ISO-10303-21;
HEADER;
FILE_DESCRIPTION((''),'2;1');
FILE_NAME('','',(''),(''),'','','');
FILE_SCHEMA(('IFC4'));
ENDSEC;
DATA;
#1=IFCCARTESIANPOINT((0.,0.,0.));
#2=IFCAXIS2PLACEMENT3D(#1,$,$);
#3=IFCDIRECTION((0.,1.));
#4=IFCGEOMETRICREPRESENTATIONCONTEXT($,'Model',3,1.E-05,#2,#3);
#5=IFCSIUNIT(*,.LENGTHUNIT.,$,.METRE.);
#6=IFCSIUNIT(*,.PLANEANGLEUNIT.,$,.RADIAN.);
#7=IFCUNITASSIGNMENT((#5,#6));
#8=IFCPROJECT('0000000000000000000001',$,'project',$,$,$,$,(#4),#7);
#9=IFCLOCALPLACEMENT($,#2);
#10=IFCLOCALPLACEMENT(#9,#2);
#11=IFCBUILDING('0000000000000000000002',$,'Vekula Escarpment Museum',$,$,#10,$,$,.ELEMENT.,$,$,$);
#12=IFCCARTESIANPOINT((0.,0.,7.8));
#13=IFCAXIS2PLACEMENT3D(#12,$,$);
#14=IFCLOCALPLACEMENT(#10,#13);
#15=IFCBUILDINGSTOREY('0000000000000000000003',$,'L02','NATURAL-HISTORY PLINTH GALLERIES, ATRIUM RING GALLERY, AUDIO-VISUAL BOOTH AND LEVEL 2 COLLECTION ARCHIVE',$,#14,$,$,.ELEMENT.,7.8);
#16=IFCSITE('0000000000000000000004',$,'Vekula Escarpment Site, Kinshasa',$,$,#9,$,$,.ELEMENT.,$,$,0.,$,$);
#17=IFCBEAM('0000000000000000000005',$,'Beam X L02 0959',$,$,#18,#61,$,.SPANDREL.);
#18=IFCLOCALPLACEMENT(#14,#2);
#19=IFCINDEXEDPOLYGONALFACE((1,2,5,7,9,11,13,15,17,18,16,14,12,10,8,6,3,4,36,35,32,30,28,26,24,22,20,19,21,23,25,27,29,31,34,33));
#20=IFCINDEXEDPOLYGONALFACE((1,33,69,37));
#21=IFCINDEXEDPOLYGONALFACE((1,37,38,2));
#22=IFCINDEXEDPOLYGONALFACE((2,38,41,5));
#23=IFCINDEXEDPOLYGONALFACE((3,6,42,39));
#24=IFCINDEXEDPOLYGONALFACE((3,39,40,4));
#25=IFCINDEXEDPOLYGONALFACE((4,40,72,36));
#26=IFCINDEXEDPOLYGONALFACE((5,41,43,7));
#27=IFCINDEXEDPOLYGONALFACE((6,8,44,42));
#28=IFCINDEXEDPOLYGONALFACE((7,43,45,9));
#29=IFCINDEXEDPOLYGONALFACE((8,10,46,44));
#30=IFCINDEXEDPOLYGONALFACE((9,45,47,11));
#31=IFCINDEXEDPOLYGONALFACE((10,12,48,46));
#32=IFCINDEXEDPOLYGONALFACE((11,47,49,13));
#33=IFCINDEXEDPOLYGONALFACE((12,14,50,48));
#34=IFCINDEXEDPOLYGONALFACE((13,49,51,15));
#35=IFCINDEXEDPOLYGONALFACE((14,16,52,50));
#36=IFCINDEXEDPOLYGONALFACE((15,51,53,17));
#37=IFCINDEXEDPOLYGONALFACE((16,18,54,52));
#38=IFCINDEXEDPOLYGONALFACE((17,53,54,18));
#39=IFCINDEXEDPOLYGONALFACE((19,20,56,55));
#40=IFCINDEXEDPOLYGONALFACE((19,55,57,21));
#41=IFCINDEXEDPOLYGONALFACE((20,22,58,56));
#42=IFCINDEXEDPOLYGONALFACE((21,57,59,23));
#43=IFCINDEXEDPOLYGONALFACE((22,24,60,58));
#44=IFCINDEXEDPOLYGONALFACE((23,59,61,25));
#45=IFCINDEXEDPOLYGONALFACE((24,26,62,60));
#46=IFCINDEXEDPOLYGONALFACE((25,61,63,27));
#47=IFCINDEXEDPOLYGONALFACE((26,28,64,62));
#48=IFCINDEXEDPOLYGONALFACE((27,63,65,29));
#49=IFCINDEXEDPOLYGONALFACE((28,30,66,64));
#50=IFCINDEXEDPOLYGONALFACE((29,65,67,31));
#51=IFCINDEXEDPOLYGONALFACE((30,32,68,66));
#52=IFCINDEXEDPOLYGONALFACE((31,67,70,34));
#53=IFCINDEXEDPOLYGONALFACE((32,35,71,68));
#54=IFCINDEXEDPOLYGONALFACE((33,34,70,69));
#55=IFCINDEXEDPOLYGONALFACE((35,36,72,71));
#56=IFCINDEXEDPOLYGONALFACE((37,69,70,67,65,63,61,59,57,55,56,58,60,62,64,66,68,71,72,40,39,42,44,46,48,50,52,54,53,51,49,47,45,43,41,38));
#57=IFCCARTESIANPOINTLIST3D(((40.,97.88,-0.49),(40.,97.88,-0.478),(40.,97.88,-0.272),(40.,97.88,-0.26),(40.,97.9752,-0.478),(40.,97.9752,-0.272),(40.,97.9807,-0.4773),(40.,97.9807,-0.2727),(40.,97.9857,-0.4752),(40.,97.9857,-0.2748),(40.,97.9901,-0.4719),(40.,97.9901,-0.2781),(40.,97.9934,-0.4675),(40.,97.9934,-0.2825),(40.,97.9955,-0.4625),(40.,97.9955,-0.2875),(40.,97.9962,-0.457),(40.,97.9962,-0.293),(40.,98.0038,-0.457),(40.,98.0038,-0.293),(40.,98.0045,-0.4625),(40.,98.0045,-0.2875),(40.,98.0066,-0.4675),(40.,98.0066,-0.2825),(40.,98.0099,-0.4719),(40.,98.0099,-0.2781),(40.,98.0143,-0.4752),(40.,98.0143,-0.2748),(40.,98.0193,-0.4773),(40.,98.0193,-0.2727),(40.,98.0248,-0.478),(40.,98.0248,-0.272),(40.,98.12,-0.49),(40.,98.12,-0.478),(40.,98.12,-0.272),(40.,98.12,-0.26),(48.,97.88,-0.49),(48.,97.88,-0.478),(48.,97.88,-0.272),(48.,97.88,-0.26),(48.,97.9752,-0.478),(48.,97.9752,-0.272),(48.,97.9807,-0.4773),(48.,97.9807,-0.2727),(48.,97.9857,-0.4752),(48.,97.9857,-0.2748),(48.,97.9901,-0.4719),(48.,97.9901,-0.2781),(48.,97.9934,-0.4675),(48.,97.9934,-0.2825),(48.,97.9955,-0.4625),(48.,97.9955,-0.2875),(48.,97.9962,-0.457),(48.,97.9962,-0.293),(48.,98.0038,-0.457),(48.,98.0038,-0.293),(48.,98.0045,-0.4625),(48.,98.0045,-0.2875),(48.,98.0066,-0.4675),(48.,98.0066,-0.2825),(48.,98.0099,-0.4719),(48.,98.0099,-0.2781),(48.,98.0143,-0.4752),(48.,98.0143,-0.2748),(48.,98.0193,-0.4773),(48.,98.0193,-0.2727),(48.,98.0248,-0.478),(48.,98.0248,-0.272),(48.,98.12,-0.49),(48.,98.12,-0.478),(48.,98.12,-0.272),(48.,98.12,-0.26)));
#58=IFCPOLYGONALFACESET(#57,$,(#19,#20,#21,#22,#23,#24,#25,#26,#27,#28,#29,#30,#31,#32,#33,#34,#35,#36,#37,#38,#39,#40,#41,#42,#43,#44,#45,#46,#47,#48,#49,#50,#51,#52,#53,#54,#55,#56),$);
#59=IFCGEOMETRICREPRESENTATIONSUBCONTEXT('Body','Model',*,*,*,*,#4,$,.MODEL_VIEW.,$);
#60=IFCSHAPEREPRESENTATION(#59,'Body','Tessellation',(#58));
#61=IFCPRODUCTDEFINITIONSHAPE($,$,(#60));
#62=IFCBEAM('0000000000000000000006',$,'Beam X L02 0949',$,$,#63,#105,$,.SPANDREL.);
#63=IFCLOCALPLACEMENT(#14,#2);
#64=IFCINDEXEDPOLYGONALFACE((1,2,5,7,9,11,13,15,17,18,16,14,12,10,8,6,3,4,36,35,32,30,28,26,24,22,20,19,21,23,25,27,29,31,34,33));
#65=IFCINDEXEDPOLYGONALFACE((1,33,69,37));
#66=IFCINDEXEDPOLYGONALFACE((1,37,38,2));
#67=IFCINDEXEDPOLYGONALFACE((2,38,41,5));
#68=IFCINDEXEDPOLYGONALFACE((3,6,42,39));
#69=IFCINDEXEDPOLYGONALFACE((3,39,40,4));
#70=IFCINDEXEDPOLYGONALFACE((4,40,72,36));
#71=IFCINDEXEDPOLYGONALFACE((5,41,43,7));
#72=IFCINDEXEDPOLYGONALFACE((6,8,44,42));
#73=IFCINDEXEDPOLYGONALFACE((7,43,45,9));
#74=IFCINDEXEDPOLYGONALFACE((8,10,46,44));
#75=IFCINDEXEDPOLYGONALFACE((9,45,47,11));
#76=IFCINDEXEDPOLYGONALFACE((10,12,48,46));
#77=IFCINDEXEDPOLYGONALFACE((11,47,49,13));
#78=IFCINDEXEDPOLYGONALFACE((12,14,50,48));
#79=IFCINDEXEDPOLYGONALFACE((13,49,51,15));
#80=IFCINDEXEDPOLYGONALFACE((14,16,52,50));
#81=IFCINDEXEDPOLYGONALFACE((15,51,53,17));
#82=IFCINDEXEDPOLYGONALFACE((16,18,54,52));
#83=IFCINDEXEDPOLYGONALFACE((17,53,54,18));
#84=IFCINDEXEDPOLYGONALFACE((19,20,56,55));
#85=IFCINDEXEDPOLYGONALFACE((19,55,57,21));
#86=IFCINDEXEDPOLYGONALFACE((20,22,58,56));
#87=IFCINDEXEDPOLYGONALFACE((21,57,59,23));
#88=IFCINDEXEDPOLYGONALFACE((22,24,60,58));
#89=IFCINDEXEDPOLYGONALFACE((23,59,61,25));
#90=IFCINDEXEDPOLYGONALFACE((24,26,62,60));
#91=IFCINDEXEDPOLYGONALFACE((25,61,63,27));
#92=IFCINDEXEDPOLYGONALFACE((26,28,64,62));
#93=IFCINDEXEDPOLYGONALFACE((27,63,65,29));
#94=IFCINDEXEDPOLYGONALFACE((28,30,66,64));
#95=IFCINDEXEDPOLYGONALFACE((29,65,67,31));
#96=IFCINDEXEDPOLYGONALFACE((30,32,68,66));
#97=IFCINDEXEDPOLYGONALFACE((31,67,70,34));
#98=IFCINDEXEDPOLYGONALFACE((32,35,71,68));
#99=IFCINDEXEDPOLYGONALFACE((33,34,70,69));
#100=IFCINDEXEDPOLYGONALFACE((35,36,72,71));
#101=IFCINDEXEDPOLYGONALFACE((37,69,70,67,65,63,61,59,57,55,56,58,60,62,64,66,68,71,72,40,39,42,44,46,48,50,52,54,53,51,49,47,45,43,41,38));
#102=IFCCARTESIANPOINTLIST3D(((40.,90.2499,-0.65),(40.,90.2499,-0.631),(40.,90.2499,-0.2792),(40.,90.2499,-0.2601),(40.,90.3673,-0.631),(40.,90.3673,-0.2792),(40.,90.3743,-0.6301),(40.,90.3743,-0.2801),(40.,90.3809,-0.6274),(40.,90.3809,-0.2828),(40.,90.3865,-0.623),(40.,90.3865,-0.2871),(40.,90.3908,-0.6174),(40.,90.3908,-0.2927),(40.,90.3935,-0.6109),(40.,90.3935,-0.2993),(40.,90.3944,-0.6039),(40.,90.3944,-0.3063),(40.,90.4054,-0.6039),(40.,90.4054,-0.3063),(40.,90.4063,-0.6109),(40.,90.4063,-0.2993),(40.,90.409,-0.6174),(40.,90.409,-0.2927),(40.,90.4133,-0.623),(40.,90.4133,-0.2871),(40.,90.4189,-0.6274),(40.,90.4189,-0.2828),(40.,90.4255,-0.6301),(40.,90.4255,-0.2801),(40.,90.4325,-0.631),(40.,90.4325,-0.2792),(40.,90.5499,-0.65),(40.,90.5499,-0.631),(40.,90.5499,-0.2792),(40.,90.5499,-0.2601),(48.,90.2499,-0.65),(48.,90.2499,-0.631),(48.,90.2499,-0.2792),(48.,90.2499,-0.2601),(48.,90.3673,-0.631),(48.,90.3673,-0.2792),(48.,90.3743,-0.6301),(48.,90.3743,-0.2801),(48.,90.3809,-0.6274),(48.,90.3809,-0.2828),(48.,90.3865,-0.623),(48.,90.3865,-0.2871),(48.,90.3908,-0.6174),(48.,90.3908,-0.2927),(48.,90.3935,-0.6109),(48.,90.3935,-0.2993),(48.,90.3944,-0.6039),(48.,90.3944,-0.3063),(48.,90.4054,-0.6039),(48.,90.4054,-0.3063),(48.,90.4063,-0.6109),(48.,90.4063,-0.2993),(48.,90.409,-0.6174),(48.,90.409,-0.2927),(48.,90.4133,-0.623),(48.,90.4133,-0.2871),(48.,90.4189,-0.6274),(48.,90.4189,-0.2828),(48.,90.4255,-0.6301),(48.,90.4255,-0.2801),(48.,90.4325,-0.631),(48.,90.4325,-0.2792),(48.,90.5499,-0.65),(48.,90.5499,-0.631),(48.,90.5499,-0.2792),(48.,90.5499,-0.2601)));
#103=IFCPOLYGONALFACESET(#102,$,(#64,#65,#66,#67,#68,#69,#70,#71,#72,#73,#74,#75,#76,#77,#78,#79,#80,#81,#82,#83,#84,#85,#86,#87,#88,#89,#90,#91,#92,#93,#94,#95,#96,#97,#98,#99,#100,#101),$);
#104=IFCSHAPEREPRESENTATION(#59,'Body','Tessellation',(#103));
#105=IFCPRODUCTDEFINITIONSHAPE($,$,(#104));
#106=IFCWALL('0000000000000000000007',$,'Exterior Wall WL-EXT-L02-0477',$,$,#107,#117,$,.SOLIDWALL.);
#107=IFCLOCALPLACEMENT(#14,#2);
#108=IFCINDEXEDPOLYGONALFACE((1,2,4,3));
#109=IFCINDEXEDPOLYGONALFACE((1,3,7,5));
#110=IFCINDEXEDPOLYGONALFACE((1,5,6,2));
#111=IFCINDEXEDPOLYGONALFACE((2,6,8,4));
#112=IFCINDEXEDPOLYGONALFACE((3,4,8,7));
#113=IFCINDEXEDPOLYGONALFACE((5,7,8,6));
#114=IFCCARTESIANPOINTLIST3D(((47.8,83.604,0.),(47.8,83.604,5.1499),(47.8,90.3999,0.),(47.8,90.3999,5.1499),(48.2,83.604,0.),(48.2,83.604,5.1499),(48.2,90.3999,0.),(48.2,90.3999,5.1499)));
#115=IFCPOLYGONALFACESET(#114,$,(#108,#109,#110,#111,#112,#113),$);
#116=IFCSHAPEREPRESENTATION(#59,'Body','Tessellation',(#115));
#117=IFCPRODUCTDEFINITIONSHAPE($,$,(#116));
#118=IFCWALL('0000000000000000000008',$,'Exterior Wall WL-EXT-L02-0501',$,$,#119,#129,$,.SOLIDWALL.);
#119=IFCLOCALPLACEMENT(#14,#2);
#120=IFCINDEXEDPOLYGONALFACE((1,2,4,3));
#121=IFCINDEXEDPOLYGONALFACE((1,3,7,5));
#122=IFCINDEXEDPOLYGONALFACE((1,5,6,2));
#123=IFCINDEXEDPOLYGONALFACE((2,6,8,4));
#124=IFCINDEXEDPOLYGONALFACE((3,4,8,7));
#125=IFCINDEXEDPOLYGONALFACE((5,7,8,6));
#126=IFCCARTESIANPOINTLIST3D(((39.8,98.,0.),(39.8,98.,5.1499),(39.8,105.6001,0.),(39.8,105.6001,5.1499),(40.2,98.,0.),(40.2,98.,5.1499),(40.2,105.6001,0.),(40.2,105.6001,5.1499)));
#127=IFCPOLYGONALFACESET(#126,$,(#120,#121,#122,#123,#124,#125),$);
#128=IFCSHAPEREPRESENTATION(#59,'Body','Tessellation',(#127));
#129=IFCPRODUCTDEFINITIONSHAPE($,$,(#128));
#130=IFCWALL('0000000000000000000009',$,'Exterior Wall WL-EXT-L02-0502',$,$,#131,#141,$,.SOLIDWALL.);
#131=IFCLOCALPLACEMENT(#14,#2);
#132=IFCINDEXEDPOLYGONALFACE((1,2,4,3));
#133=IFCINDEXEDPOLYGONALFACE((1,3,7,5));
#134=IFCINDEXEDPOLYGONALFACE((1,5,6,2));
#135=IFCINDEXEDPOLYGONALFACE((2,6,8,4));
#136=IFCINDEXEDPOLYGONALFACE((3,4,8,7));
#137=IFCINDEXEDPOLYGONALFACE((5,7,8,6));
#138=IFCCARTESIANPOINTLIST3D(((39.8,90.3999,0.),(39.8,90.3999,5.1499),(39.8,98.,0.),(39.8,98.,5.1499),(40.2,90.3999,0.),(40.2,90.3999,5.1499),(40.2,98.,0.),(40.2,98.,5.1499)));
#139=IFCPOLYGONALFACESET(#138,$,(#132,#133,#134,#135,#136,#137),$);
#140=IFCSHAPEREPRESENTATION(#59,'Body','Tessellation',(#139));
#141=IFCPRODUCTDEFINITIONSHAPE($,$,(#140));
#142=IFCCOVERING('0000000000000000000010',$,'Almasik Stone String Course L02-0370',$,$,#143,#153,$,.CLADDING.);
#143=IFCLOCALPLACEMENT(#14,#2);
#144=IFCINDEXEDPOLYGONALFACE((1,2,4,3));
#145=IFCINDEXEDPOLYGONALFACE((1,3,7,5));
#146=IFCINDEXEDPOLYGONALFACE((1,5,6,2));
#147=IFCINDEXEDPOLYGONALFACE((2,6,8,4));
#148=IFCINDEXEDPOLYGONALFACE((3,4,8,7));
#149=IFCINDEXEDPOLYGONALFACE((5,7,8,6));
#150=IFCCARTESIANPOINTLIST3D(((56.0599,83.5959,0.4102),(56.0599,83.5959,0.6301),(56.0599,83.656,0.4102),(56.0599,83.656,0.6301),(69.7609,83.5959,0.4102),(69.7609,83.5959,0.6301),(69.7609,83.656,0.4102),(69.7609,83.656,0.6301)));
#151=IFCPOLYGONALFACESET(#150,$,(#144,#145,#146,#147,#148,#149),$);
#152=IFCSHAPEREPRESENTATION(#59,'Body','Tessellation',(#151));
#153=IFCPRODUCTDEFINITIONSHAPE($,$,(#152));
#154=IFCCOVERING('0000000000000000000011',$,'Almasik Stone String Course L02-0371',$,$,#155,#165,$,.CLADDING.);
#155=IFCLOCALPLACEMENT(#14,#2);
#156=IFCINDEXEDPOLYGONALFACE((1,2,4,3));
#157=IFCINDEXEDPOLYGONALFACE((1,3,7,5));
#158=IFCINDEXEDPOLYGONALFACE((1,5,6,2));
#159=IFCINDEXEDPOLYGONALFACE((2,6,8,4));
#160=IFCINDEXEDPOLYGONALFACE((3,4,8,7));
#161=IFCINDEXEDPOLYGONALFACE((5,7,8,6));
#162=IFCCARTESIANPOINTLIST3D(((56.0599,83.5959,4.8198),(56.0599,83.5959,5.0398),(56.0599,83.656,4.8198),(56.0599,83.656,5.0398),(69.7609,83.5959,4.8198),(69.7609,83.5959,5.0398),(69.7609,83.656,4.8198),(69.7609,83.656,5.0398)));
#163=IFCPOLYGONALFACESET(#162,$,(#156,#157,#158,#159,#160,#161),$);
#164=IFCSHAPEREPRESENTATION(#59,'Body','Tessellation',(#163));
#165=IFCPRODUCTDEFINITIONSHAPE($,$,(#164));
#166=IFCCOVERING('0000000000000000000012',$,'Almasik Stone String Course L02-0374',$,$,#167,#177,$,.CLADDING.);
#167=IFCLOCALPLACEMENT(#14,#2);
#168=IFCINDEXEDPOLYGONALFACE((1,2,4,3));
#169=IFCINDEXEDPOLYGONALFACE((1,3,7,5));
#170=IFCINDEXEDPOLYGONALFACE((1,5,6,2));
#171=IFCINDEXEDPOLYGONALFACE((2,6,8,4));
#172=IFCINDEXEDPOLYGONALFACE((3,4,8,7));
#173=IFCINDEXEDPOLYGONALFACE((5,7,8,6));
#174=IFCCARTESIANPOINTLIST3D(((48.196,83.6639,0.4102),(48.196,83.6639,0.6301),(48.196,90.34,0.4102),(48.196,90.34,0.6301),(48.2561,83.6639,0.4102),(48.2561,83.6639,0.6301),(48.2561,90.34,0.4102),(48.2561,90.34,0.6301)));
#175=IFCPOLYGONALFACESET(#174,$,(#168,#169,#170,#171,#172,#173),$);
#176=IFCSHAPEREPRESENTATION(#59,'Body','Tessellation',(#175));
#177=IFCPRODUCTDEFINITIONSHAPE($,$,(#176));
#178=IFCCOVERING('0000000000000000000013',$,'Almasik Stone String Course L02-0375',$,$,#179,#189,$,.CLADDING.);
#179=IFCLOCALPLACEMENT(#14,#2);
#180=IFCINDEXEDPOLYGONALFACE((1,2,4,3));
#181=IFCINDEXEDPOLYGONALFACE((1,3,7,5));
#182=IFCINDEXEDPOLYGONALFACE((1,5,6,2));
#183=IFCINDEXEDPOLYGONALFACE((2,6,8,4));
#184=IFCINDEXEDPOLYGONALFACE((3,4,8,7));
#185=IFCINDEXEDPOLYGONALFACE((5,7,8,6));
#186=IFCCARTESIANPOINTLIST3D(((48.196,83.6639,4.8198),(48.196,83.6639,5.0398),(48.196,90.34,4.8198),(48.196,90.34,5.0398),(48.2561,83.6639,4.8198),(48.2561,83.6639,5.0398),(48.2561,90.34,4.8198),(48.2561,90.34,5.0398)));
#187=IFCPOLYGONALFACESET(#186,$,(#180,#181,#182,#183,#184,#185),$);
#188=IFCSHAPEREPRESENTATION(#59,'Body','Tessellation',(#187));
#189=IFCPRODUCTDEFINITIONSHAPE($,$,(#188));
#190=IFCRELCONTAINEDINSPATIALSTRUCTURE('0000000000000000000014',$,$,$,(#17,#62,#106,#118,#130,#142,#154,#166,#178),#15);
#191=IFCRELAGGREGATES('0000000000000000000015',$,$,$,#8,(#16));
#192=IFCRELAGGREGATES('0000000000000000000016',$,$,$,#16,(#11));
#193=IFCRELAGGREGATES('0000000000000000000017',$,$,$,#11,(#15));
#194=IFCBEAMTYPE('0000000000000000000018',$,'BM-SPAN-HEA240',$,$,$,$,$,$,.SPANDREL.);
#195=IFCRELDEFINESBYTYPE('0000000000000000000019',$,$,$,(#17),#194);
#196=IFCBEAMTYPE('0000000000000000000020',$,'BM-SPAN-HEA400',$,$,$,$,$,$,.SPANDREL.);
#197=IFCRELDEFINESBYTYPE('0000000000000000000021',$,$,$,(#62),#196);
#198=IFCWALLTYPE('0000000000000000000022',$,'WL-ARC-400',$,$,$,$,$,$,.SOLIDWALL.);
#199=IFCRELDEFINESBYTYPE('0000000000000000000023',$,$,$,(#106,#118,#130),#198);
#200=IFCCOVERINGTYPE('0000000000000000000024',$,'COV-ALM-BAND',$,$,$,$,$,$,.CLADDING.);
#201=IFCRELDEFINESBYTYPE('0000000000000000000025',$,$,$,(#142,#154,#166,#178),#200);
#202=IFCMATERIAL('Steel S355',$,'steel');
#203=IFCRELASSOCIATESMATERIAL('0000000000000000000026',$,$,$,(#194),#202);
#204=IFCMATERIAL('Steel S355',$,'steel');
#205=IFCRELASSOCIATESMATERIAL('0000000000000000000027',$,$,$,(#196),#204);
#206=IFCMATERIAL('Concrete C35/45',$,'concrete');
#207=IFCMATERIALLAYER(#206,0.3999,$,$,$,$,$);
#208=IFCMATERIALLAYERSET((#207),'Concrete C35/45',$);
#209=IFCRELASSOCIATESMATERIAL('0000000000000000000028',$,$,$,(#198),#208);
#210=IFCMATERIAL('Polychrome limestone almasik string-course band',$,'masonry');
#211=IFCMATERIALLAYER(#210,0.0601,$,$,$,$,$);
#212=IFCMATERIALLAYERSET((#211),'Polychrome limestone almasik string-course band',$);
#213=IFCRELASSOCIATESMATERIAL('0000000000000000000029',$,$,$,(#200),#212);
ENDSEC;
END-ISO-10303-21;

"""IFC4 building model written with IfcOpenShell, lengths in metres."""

from ifc_helpers import new_model, si_unit, direction, frame, frame_2d, origin, origin_2d, place, context, subcontext, project, spatial, rectangle, i_section, extrude, material, layer, layer_set, material_profile, profile_set, type_object, element, save


model = new_model("IFC4")

# Units and contexts
model_context = context("Model", 3, precision=1e-05, world=origin(), true_north=direction((0.0, 1.0)))
body_context = subcontext(model_context, "Body", "Model", "MODEL_VIEW")
ifc_project = project(units=[si_unit("LENGTHUNIT", "METRE"), si_unit("PLANEANGLEUNIT", "RADIAN")], contexts=[model_context])

# Site, building, storey
site_placement = place(None, origin())
site = spatial("IfcSite", under=ifc_project, at=site_placement, Name="Vekula Escarpment Site, Kinshasa", CompositionType="ELEMENT", RefElevation=0.0)
building_placement = place(site_placement, origin())
building = spatial("IfcBuilding", under=site, at=building_placement, Name="Vekula Escarpment Museum", CompositionType="ELEMENT")
storey_placement = place(building_placement, frame((0.0, 0.0, 7.8)))
storey = spatial("IfcBuildingStorey", under=building, at=storey_placement, Name="L02", Description="NATURAL-HISTORY PLINTH GALLERIES, ATRIUM RING GALLERY, AUDIO-VISUAL BOOTH AND LEVEL 2 COLLECTION ARCHIVE", CompositionType="ELEMENT", Elevation=7.8)

# Beams
ifc_material_1 = material(Name="Steel S355", Category="steel")
ifc_material_profile_1 = material_profile(ifc_material_1, i_section(OverallWidth=0.24, OverallDepth=0.23, WebThickness=0.0076, FlangeThickness=0.012, FilletRadius=0.021, at=origin_2d()), Name="HEA 240")
ifc_profile_set_1 = profile_set([ifc_material_profile_1], Name="Steel S355")
beam_type_1 = type_object("IfcBeamType", Name="BM-SPAN-HEA240", PredefinedType="SPANDREL", material=ifc_profile_set_1)
beam_1_placement = place(storey_placement, frame((40.0, 98.0, -0.375), z_axis=(1.0, 0.0, 0.0), x_axis=(0.0, 1.0, 0.0)))
element("IfcBeam", 1, at=beam_1_placement, inside=storey, type_object=beam_type_1, Name="Beam X L02 0959", PredefinedType="SPANDREL", context=body_context, shape_type="SweptSolid", body=[
    extrude(i_section(OverallWidth=0.24, OverallDepth=0.23, WebThickness=0.0076, FlangeThickness=0.012, FilletRadius=0.021, at=origin_2d()), origin(), (0.0, 0.0, 1.0), 8.0),
])
ifc_material_2 = material(Name="Steel S355", Category="steel")
ifc_material_profile_2 = material_profile(ifc_material_2, i_section(OverallWidth=0.3, OverallDepth=0.3899, WebThickness=0.011, FlangeThickness=0.019, FilletRadius=0.0271, at=origin_2d()), Name="HEA 400")
ifc_profile_set_2 = profile_set([ifc_material_profile_2], Name="Steel S355")
beam_type_2 = type_object("IfcBeamType", Name="BM-SPAN-HEA400", PredefinedType="SPANDREL", material=ifc_profile_set_2)
beam_2_placement = place(storey_placement, frame((40.0, 90.3999, -0.4551), z_axis=(1.0, 0.0, 0.0), x_axis=(0.0, 1.0, 0.0)))
element("IfcBeam", 2, at=beam_2_placement, inside=storey, type_object=beam_type_2, Name="Beam X L02 0949", PredefinedType="SPANDREL", context=body_context, shape_type="SweptSolid", body=[
    extrude(i_section(OverallWidth=0.3, OverallDepth=0.3899, WebThickness=0.011, FlangeThickness=0.019, FilletRadius=0.0271, at=origin_2d()), origin(), (0.0, 0.0, 1.0), 8.0),
])

# Walls
ifc_material_3 = material(Name="Concrete C35/45", Category="concrete")
ifc_layer_1 = layer(ifc_material_3, 0.3999)
ifc_layer_set_1 = layer_set([ifc_layer_1], Name="Concrete C35/45")
wall_type = type_object("IfcWallType", Name="WL-ARC-400", PredefinedType="SOLIDWALL", material=ifc_layer_set_1)
wall_placement = place(storey_placement, frame((48.0, 90.3999, 0.0), z_axis=(0.0, 0.0, 1.0), x_axis=(0.0, -1.0, 0.0)))
element("IfcWall", 3, at=wall_placement, inside=storey, type_object=wall_type, Name="Exterior Wall WL-EXT-L02-0477", PredefinedType="SOLIDWALL", context=body_context, shape_type="SweptSolid", body=[
    extrude(rectangle(XDim=6.7959, YDim=0.3999, at=frame_2d((3.3979, 0.0))), origin(), (0.0, 0.0, 1.0), 5.1499),
])
for number, where, z_axis, x_axis, name in (
    (4, (40.0, 98.0, 0.0), (0.0, 0.0, 1.0), (0.0, 1.0, 0.0), "Exterior Wall WL-EXT-L02-0501"),
    (5, (40.0, 90.3999, 0.0), (0.0, 0.0, 1.0), (0.0, 1.0, 0.0), "Exterior Wall WL-EXT-L02-0502"),
):
    element("IfcWall", number, at=place(storey_placement, frame(where, z_axis=z_axis, x_axis=x_axis)), inside=storey, type_object=wall_type, Name=name, PredefinedType="SOLIDWALL", context=body_context, shape_type="SweptSolid", body=[
        extrude(rectangle(XDim=7.6001, YDim=0.3999, at=frame_2d((3.8, 0.0))), origin(), (0.0, 0.0, 1.0), 5.1499),
    ])

# Coverings
ifc_material_4 = material(Name="Polychrome limestone almasik string-course band", Category="masonry")
ifc_layer_2 = layer(ifc_material_4, 0.0601)
ifc_layer_set_2 = layer_set([ifc_layer_2], Name="Polychrome limestone almasik string-course band")
covering_type = type_object("IfcCoveringType", Name="COV-ALM-BAND", PredefinedType="CLADDING", material=ifc_layer_set_2)
for number, where, z_axis, x_axis, name in (
    (6, (62.9104, 83.626, 0.4102), (0.0, 0.0, 1.0), (1.0, 0.0, 0.0), "Almasik Stone String Course L02-0370"),
    (7, (62.9104, 83.626, 4.8198), (0.0, 0.0, 1.0), (1.0, 0.0, 0.0), "Almasik Stone String Course L02-0371"),
):
    element("IfcCovering", number, at=place(storey_placement, frame(where, z_axis=z_axis, x_axis=x_axis)), inside=storey, type_object=covering_type, Name=name, PredefinedType="CLADDING", context=body_context, shape_type="SweptSolid", body=[
        extrude(rectangle(XDim=13.7009, YDim=0.0601, at=origin_2d()), origin(), (0.0, 0.0, 1.0), 0.22),
    ])
for number, where, z_axis, x_axis, name in (
    (8, (48.2261, 87.002, 0.4102), (0.0, 0.0, 1.0), (0.0, 1.0, 0.0), "Almasik Stone String Course L02-0374"),
    (9, (48.2261, 87.002, 4.8198), (0.0, 0.0, 1.0), (0.0, 1.0, 0.0), "Almasik Stone String Course L02-0375"),
):
    element("IfcCovering", number, at=place(storey_placement, frame(where, z_axis=z_axis, x_axis=x_axis)), inside=storey, type_object=covering_type, Name=name, PredefinedType="CLADDING", context=body_context, shape_type="SweptSolid", body=[
        extrude(rectangle(XDim=6.676, YDim=0.0601, at=origin_2d()), origin(), (0.0, 0.0, 1.0), 0.22),
    ])

save(model, "model.ifc")
